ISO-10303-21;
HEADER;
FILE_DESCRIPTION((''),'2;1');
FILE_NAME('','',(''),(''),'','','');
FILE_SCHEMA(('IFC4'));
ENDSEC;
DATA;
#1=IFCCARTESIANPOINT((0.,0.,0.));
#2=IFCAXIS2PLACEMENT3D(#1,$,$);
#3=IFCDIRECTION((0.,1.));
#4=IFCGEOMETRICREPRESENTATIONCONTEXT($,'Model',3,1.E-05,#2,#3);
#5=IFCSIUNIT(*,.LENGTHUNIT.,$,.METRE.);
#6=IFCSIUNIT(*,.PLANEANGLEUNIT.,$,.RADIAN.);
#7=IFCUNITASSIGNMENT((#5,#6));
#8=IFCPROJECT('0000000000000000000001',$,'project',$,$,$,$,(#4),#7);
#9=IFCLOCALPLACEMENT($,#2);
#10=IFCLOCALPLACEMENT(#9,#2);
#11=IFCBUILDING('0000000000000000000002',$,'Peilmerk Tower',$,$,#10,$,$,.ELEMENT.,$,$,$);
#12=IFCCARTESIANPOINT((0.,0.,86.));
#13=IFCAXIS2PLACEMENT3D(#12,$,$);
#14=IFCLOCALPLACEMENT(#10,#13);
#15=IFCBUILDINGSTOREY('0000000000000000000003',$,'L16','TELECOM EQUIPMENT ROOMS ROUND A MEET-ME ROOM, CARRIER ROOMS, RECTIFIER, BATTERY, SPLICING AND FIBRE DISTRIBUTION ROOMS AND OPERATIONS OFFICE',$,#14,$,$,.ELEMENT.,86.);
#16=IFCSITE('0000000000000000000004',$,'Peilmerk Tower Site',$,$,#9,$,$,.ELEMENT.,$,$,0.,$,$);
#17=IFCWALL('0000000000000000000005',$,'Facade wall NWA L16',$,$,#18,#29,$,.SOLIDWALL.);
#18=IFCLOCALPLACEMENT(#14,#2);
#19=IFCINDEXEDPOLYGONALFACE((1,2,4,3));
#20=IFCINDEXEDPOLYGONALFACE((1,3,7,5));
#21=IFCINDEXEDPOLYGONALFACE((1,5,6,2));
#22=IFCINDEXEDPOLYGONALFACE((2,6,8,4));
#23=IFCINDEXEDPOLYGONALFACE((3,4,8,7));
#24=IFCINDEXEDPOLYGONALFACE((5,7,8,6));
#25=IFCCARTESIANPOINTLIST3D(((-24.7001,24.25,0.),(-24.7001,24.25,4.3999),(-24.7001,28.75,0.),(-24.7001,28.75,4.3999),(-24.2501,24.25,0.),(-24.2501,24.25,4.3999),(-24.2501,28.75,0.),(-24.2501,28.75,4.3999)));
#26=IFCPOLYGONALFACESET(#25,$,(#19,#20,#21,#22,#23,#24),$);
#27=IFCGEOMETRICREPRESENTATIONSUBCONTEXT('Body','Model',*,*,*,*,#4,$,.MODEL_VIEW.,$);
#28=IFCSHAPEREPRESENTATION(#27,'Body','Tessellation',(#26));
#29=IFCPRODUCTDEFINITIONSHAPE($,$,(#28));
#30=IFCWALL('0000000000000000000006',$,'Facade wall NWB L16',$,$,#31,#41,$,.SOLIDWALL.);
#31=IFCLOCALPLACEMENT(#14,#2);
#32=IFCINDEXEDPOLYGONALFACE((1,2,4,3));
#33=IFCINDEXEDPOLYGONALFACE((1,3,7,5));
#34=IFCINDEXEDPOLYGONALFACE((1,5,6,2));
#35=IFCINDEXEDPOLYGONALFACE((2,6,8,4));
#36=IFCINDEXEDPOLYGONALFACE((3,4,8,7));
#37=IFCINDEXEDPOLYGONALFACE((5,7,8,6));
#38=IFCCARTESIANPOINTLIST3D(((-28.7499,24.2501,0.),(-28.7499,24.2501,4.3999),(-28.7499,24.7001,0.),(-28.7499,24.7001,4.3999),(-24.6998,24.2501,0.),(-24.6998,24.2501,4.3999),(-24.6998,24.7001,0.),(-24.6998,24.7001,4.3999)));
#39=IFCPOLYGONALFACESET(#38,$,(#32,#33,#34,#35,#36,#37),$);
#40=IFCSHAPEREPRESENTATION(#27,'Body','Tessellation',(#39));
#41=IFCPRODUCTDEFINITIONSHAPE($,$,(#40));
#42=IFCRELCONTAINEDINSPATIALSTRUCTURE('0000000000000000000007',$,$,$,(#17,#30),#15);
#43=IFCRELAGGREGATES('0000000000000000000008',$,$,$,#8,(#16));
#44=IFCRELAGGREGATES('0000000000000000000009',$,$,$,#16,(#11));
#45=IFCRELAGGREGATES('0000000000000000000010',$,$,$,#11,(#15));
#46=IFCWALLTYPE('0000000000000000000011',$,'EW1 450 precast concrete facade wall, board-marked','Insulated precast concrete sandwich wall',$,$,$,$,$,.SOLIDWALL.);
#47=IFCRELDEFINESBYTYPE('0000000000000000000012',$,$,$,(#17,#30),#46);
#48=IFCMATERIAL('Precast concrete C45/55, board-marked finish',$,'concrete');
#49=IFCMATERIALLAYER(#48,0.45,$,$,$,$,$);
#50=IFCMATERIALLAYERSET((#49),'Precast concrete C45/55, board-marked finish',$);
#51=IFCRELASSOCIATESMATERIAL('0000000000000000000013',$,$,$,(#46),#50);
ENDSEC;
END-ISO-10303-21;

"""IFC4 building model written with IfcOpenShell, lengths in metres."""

from ifc_helpers import new_model, si_unit, direction, frame, frame_2d, origin, place, context, subcontext, project, spatial, rectangle, extrude, material, layer, layer_set, type_object, element, save


model = new_model("IFC4")

# Units and contexts
model_context = context("Model", 3, precision=1e-05, world=origin(), true_north=direction((0.0, 1.0)))
body_context = subcontext(model_context, "Body", "Model", "MODEL_VIEW")
ifc_project = project(units=[si_unit("LENGTHUNIT", "METRE"), si_unit("PLANEANGLEUNIT", "RADIAN")], contexts=[model_context])

# Site, building, storey
site_placement = place(None, origin())
site = spatial("IfcSite", under=ifc_project, at=site_placement, Name="Peilmerk Tower Site", CompositionType="ELEMENT", RefElevation=0.0)
building_placement = place(site_placement, origin())
building = spatial("IfcBuilding", under=site, at=building_placement, Name="Peilmerk Tower", CompositionType="ELEMENT")
storey_placement = place(building_placement, frame((0.0, 0.0, 86.0)))
storey = spatial("IfcBuildingStorey", under=building, at=storey_placement, Name="L16", Description="TELECOM EQUIPMENT ROOMS ROUND A MEET-ME ROOM, CARRIER ROOMS, RECTIFIER, BATTERY, SPLICING AND FIBRE DISTRIBUTION ROOMS AND OPERATIONS OFFICE", CompositionType="ELEMENT", Elevation=86.0)

# Shared definitions
ifc_material_1 = material(Name="Precast concrete C45/55, board-marked finish", Category="concrete")
ifc_layer = layer(ifc_material_1, 0.45)
ifc_layer_set = layer_set([ifc_layer], Name="Precast concrete C45/55, board-marked finish")
wall_type = type_object("IfcWallType", Name="EW1 450 precast concrete facade wall, board-marked", Description="Insulated precast concrete sandwich wall", PredefinedType="SOLIDWALL", material=ifc_layer_set)

# Walls
wall_1_placement = place(storey_placement, frame((-24.4751, 24.25, 0.0), z_axis=(0.0, 0.0, 1.0), x_axis=(0.0, 1.0, 0.0)))
element("IfcWall", 1, at=wall_1_placement, inside=storey, type_object=wall_type, Name="Facade wall NWA L16", PredefinedType="SOLIDWALL", context=body_context, shape_type="SweptSolid", body=[
    extrude(rectangle(XDim=4.5, YDim=0.45, at=frame_2d((2.25, 0.0))), origin(), (0.0, 0.0, 1.0), 4.3999),
])
wall_2_placement = place(storey_placement, frame((-24.7, 24.4751, 0.0), z_axis=(0.0, 0.0, 1.0), x_axis=(-1.0, 0.0, 0.0)))
element("IfcWall", 2, at=wall_2_placement, inside=storey, type_object=wall_type, Name="Facade wall NWB L16", PredefinedType="SOLIDWALL", context=body_context, shape_type="SweptSolid", body=[
    extrude(rectangle(XDim=4.05, YDim=0.45, at=frame_2d((2.0249, 0.0))), origin(), (0.0, 0.0, 1.0), 4.3999),
])

save(model, "model.ifc")
